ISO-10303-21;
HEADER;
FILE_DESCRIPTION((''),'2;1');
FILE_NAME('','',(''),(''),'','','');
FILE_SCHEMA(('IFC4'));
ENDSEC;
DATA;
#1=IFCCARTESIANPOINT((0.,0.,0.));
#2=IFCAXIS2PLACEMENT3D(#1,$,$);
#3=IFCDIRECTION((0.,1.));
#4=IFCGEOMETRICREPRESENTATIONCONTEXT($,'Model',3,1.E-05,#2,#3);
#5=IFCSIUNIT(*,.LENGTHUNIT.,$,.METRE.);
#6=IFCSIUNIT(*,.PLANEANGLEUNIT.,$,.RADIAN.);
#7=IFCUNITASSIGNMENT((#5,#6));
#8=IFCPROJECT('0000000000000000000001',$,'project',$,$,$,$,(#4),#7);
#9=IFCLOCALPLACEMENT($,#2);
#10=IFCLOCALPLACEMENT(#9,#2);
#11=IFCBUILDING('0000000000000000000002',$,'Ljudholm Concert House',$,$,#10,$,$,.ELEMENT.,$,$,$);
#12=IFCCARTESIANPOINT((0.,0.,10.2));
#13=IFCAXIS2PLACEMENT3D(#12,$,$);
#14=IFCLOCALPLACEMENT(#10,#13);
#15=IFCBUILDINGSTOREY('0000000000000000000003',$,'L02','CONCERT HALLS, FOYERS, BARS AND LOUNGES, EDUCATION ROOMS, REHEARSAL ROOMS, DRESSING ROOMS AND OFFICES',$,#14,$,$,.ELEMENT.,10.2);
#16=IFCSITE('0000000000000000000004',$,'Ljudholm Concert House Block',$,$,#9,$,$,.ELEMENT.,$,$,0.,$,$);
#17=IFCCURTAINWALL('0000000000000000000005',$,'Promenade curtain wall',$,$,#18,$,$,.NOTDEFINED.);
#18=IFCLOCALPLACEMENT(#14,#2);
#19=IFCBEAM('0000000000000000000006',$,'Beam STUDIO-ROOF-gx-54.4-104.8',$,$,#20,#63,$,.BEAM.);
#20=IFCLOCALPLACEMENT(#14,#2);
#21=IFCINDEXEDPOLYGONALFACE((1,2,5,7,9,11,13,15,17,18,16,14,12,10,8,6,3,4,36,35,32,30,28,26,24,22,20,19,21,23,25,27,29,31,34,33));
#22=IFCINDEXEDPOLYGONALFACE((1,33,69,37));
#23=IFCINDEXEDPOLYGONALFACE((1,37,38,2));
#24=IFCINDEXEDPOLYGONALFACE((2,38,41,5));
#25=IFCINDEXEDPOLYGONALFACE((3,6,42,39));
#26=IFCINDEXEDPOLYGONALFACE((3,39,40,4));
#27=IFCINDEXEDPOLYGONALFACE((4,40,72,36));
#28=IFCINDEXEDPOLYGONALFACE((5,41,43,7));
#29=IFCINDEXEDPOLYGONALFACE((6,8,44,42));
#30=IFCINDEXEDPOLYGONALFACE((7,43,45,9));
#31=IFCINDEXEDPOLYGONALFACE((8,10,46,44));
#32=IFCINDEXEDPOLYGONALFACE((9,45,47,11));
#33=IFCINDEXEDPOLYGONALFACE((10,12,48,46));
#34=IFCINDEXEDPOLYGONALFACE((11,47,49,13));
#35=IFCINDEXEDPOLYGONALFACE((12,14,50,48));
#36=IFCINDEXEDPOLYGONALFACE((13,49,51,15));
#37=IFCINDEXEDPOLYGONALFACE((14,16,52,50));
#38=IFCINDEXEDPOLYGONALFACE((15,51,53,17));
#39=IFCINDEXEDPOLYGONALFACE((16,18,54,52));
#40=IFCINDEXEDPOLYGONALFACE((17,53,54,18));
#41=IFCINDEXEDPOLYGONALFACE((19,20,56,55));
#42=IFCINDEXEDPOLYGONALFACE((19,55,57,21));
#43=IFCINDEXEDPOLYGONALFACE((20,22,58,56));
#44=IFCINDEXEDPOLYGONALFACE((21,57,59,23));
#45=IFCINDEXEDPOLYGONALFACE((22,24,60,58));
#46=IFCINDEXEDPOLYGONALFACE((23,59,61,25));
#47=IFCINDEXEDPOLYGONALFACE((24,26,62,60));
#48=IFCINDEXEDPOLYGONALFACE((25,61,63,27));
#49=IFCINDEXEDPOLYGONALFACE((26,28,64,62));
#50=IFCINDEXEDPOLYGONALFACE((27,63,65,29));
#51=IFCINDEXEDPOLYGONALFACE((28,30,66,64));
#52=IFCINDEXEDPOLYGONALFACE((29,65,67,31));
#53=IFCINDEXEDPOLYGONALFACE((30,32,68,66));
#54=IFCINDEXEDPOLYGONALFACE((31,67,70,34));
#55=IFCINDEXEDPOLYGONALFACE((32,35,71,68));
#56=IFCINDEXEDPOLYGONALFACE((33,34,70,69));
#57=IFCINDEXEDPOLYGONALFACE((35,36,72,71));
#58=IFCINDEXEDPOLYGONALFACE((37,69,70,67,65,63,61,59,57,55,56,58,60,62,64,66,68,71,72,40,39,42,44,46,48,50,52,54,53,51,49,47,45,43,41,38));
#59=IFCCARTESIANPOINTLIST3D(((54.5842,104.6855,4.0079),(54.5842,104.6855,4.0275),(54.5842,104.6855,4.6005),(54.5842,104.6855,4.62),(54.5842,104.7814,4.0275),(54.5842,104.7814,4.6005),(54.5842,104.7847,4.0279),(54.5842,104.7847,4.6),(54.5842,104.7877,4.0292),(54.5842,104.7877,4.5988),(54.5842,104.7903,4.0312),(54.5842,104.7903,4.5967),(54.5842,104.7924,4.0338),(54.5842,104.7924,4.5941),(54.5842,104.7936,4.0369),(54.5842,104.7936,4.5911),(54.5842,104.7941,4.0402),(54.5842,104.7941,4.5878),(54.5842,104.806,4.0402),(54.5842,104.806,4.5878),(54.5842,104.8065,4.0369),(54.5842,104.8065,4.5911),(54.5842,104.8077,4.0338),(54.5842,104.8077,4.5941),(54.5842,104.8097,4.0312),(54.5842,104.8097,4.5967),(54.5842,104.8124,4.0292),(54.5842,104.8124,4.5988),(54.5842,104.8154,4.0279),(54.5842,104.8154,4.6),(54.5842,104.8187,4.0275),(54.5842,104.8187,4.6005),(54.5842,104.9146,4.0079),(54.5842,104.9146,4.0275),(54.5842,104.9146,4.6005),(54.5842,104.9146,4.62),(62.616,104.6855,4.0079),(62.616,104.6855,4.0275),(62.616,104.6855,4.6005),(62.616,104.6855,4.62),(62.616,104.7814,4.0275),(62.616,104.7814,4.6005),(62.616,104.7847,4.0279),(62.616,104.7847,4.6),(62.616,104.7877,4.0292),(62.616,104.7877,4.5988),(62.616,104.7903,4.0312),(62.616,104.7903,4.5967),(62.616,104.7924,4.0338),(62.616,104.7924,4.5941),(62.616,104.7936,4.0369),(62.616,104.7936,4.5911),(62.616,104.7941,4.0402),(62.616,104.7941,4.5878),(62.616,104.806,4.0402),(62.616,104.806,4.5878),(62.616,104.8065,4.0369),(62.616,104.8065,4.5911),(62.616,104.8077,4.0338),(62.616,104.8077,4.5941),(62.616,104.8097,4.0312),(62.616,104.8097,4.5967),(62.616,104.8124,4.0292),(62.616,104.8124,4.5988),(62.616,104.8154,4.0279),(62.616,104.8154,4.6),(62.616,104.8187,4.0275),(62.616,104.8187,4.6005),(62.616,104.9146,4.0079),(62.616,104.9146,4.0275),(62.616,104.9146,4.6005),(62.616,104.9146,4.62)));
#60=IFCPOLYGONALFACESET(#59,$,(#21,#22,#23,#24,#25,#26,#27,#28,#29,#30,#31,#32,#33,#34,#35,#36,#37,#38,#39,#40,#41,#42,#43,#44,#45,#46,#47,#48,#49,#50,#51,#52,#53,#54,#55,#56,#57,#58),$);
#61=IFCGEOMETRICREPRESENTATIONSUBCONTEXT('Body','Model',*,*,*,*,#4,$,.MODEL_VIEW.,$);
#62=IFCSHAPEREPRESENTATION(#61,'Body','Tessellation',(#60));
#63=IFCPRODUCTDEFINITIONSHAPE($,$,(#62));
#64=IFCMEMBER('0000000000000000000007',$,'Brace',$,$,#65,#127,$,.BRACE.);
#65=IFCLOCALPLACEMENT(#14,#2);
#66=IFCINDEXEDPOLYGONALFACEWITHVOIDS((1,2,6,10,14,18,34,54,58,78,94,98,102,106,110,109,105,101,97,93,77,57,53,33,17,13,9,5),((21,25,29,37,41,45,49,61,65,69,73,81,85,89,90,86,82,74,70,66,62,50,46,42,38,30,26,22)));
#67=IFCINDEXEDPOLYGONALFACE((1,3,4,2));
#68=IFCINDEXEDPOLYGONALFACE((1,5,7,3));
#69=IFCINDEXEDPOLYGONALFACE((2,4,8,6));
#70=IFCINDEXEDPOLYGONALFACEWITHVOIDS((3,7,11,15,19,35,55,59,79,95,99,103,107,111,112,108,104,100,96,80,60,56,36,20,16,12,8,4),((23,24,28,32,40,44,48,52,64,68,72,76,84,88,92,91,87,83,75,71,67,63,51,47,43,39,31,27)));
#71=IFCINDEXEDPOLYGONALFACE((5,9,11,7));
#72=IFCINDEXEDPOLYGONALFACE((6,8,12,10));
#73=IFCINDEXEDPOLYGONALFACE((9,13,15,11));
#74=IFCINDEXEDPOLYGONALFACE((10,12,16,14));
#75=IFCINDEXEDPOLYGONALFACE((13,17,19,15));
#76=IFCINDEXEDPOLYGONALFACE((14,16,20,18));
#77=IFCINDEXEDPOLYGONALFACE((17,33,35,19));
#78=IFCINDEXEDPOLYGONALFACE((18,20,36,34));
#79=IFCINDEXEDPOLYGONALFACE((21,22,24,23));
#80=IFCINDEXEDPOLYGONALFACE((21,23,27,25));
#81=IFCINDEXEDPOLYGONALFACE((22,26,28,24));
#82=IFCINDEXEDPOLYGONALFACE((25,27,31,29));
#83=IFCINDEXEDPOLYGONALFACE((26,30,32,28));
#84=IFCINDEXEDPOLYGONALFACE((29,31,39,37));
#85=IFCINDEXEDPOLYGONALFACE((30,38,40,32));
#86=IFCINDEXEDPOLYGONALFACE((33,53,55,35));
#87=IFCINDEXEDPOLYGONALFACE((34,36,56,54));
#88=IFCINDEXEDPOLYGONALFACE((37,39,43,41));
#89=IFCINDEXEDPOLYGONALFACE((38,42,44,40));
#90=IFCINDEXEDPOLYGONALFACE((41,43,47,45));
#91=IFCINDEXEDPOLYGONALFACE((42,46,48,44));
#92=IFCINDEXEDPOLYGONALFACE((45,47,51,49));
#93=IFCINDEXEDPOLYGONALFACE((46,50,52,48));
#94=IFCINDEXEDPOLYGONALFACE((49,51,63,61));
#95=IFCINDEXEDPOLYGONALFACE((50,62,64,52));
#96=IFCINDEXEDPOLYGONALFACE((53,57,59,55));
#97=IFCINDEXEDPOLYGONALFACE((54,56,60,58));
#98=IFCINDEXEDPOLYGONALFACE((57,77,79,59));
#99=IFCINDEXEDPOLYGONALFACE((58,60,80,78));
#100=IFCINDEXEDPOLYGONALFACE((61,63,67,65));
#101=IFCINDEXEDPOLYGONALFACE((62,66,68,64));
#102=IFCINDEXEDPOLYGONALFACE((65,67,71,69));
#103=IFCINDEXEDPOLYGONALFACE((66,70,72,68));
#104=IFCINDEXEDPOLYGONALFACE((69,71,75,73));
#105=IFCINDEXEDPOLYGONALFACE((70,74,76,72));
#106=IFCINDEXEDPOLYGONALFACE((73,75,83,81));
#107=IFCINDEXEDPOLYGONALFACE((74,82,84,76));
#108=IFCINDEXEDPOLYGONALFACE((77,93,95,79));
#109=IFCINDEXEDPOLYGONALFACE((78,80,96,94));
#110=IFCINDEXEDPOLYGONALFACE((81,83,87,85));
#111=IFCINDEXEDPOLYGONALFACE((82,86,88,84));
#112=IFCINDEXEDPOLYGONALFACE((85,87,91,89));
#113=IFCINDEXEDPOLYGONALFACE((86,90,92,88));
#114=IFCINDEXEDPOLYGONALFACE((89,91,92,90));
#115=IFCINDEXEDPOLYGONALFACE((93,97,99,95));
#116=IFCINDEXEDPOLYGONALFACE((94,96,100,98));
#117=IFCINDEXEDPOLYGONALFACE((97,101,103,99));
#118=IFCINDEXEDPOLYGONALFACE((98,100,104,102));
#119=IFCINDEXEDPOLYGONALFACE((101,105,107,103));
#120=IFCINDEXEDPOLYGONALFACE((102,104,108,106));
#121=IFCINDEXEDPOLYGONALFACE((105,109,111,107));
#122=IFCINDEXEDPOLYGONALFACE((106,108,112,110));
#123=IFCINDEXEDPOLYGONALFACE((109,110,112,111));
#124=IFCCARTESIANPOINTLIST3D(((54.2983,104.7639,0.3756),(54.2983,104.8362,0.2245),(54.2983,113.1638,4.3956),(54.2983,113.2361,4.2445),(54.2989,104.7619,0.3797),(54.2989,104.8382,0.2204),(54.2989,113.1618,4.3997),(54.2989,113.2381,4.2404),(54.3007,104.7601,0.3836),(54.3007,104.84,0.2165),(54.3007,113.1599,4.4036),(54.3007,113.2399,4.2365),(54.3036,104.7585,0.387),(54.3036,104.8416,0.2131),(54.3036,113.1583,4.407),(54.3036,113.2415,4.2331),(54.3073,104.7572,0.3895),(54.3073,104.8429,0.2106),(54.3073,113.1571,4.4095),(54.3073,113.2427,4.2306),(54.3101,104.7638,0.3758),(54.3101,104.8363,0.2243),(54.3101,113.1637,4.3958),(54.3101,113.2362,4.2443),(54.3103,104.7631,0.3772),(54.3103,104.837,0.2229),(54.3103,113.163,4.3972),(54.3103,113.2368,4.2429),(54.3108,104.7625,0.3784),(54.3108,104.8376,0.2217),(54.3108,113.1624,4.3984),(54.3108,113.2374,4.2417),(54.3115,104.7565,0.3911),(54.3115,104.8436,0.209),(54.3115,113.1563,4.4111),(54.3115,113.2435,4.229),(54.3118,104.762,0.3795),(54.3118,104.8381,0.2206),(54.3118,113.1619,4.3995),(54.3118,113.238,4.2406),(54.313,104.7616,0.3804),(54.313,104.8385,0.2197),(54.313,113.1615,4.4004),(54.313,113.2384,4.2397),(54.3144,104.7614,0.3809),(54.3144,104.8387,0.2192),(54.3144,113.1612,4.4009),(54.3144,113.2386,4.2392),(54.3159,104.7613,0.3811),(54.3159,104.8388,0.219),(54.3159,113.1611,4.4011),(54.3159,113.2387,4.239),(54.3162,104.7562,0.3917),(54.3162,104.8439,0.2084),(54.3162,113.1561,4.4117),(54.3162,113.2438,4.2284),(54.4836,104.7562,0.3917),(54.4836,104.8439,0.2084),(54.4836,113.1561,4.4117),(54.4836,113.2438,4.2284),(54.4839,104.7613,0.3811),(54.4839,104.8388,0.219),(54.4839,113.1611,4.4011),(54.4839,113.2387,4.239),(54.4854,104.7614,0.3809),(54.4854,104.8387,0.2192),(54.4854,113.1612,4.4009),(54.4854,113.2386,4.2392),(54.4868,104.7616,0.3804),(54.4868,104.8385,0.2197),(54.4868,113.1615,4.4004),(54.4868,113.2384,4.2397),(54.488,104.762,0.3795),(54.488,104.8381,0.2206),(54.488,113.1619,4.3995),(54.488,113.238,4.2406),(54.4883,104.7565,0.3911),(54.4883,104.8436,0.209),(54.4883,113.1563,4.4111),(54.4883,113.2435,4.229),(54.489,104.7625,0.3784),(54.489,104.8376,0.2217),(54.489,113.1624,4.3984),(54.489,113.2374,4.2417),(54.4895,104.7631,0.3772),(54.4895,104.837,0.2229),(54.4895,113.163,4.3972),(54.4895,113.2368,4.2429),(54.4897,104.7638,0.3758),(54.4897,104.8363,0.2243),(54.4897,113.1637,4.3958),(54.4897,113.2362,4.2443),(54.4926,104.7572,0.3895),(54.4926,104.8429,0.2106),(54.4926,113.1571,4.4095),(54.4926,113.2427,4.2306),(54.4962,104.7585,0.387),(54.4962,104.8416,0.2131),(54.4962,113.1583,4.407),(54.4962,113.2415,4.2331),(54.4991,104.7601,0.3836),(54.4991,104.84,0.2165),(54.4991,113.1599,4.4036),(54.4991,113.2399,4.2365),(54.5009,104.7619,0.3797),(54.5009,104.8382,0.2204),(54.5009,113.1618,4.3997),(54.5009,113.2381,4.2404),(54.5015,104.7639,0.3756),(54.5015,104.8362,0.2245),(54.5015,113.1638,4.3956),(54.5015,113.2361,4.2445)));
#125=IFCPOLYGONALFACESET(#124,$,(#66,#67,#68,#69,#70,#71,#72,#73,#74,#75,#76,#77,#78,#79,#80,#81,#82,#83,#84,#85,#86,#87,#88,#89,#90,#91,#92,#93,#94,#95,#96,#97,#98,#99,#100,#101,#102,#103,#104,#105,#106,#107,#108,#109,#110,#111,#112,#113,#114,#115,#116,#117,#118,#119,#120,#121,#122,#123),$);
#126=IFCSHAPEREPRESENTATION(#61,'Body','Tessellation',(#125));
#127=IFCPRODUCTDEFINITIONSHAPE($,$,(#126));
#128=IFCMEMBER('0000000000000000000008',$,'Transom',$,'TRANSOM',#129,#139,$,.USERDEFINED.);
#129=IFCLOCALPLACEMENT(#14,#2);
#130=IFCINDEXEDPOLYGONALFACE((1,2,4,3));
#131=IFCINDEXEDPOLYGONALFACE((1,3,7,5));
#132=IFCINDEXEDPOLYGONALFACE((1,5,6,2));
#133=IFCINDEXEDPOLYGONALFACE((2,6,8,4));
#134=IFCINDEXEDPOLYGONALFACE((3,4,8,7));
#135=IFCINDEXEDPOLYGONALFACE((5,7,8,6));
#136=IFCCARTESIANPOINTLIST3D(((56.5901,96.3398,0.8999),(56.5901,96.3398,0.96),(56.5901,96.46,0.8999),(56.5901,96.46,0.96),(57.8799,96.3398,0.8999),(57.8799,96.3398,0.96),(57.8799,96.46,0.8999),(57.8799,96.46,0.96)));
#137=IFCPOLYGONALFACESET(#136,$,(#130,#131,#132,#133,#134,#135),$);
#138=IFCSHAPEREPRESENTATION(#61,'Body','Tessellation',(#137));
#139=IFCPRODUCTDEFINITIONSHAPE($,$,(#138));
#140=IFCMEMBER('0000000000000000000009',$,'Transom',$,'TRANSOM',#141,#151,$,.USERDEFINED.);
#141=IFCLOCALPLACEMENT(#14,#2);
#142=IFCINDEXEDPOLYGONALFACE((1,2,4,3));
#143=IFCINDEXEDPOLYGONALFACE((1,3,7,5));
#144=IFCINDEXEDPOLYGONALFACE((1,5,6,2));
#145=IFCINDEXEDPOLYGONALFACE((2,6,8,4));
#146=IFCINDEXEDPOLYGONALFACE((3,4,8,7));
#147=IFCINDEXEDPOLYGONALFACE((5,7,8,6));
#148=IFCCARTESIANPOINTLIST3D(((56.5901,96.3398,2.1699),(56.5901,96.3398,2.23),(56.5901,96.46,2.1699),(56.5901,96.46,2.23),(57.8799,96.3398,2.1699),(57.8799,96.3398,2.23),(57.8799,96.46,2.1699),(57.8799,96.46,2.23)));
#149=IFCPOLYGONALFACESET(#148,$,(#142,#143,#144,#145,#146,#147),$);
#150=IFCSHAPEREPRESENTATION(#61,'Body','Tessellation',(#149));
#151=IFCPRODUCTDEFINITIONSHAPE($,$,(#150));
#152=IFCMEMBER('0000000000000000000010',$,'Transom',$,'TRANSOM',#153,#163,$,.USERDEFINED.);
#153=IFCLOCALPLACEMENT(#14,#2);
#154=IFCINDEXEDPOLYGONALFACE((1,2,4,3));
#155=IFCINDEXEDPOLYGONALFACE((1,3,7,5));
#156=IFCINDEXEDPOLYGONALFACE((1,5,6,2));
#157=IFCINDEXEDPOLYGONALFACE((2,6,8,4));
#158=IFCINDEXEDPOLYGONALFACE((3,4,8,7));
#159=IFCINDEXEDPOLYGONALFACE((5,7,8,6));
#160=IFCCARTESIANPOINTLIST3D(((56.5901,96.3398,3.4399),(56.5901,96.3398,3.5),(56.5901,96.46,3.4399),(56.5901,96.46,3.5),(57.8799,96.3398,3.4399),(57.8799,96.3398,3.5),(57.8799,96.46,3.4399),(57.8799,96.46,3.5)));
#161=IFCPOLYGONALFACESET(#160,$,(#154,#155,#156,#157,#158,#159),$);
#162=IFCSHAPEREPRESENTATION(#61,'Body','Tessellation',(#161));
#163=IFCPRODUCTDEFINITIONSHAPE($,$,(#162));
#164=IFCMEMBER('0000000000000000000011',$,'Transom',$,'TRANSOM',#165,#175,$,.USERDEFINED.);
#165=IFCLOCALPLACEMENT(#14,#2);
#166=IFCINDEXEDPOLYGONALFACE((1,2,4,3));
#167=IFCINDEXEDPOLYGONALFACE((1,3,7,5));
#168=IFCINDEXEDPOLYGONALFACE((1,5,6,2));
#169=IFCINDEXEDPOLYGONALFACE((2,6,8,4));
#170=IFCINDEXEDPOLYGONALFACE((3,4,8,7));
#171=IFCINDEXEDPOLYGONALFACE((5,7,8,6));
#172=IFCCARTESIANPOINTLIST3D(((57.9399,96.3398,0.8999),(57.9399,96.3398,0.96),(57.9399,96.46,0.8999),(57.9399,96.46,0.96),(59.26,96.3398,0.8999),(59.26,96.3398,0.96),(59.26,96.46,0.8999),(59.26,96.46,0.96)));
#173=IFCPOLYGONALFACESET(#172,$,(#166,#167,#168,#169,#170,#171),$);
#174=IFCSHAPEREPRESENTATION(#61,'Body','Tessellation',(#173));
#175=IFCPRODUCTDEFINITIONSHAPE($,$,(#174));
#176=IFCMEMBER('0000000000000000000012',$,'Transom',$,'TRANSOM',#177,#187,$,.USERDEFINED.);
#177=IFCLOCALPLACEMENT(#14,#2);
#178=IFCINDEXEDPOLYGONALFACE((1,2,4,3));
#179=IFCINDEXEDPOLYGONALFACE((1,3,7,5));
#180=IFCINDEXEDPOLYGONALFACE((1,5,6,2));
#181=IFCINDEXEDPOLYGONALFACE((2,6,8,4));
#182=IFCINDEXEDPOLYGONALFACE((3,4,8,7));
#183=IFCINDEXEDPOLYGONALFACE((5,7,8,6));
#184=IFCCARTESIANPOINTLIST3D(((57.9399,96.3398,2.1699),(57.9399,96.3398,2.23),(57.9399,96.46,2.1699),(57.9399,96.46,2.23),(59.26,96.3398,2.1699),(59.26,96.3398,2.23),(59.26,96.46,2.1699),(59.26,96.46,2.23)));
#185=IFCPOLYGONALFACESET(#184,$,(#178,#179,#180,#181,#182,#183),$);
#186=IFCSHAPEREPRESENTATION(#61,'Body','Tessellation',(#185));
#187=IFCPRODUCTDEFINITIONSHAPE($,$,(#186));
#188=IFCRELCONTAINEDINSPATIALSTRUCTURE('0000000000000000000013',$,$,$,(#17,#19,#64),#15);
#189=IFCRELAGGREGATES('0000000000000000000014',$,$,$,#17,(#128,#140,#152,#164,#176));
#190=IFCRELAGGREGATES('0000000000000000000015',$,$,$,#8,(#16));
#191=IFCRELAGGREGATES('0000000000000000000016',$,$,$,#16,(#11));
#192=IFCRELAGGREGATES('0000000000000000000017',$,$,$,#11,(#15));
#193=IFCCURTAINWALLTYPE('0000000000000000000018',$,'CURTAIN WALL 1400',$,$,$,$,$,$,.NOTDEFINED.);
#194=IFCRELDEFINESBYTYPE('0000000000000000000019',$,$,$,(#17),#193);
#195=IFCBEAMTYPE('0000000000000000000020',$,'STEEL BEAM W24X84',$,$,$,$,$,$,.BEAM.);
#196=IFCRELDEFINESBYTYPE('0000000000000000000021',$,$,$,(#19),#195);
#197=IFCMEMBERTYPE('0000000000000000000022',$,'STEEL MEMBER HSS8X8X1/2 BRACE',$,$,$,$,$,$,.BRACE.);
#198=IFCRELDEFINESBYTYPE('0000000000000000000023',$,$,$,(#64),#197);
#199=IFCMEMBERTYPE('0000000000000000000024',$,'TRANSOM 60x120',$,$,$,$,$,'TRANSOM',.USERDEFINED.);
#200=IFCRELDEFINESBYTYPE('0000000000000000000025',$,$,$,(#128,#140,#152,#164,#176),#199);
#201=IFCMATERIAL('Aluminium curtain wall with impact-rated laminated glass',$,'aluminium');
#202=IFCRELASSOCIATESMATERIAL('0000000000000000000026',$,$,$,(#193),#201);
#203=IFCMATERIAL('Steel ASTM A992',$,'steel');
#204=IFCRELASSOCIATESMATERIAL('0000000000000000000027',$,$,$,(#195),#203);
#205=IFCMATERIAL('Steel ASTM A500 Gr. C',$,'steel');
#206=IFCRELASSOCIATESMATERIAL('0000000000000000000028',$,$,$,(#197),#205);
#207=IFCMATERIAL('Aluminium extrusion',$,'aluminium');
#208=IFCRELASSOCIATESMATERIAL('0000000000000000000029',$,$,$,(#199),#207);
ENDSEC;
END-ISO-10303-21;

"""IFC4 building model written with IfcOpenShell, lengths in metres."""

from ifc_helpers import new_model, si_unit, direction, frame, origin, origin_2d, place, context, subcontext, project, spatial, rectangle, hollow_rectangle, i_section, extrude, material, material_profile, profile_set, type_object, element, aggregate, save


model = new_model("IFC4")

# Units and contexts
model_context = context("Model", 3, precision=1e-05, world=origin(), true_north=direction((0.0, 1.0)))
body_context = subcontext(model_context, "Body", "Model", "MODEL_VIEW")
ifc_project = project(units=[si_unit("LENGTHUNIT", "METRE"), si_unit("PLANEANGLEUNIT", "RADIAN")], contexts=[model_context])

# Site, building, storey
site_placement = place(None, origin())
site = spatial("IfcSite", under=ifc_project, at=site_placement, Name="Ljudholm Concert House Block", CompositionType="ELEMENT", RefElevation=0.0)
building_placement = place(site_placement, origin())
building = spatial("IfcBuilding", under=site, at=building_placement, Name="Ljudholm Concert House", CompositionType="ELEMENT")
storey_placement = place(building_placement, frame((0.0, 0.0, 10.2)))
storey = spatial("IfcBuildingStorey", under=building, at=storey_placement, Name="L02", Description="CONCERT HALLS, FOYERS, BARS AND LOUNGES, EDUCATION ROOMS, REHEARSAL ROOMS, DRESSING ROOMS AND OFFICES", CompositionType="ELEMENT", Elevation=10.2)

# Curtain wall
ifc_material_1 = material(Name="Aluminium curtain wall with impact-rated laminated glass", Category="aluminium")
curtain_wall_type = type_object("IfcCurtainWallType", Name="CURTAIN WALL 1400", PredefinedType="NOTDEFINED", material=ifc_material_1)
curtain_wall_1_placement = place(storey_placement, origin())
curtain_wall_1 = element("IfcCurtainWall", 1, at=curtain_wall_1_placement, inside=storey, type_object=curtain_wall_type, Name="Promenade curtain wall", PredefinedType="NOTDEFINED")

# Beam
ifc_material_2 = material(Name="Steel ASTM A992", Category="steel")
ifc_material_profile_1 = material_profile(ifc_material_2, i_section(OverallWidth=0.229, OverallDepth=0.6121, WebThickness=0.012, FlangeThickness=0.0195, FilletRadius=0.0127, at=origin_2d()), Name="W24X84")
ifc_profile_set_1 = profile_set([ifc_material_profile_1], Name="Steel ASTM A992")
beam_type_1 = type_object("IfcBeamType", Name="STEEL BEAM W24X84", PredefinedType="BEAM", material=ifc_profile_set_1)
beam_1_placement = place(storey_placement, frame((54.5842, 104.8, 4.314), z_axis=(1.0, 0.0, 0.0), x_axis=(0.0, 1.0, 0.0)))
element("IfcBeam", 2, at=beam_1_placement, inside=storey, type_object=beam_type_1, Name="Beam STUDIO-ROOF-gx-54.4-104.8", PredefinedType="BEAM", context=body_context, shape_type="SweptSolid", body=[
    extrude(i_section(OverallWidth=0.229, OverallDepth=0.6121, WebThickness=0.012, FlangeThickness=0.0195, FilletRadius=0.0127, at=origin_2d()), origin(), (0.0, 0.0, 1.0), 8.0317),
])

# Members
ifc_material_3 = material(Name="Steel ASTM A500 Gr. C", Category="steel")
ifc_material_profile_2 = material_profile(ifc_material_3, hollow_rectangle(XDim=0.2031, YDim=0.2031, WallThickness=0.0117, InnerFilletRadius=0.0059, OuterFilletRadius=0.0178, at=origin_2d()), Name="HSS8X8X1/2")
ifc_profile_set_2 = profile_set([ifc_material_profile_2], Name="Steel ASTM A500 Gr. C")
member_type_1 = type_object("IfcMemberType", Name="STEEL MEMBER HSS8X8X1/2 BRACE", PredefinedType="BRACE", material=ifc_profile_set_2)
member_1_placement = place(storey_placement, frame((54.3999, 104.8, 0.3), z_axis=(0.0, 0.902022, 0.431689), x_axis=(-1.0, 0.0, 0.0)))
element("IfcMember", 3, at=member_1_placement, inside=storey, type_object=member_type_1, Name="Brace", PredefinedType="BRACE", context=body_context, shape_type="SweptSolid", body=[
    extrude(hollow_rectangle(XDim=0.2031, YDim=0.2031, WallThickness=0.0117, InnerFilletRadius=0.0059, OuterFilletRadius=0.0178, at=origin_2d()), origin(), (0.0, 0.0, 1.0), 9.3123),
])
ifc_material_4 = material(Name="Aluminium extrusion", Category="aluminium")
ifc_material_profile_3 = material_profile(ifc_material_4, rectangle(XDim=0.1201, YDim=0.0601, at=origin_2d()), Name="TRANSOM 60x120")
ifc_profile_set_3 = profile_set([ifc_material_profile_3], Name="Aluminium extrusion")
member_type_2 = type_object("IfcMemberType", Name="TRANSOM 60x120", ElementType="TRANSOM", PredefinedType="USERDEFINED", material=ifc_profile_set_3)
member_2_placement = place(storey_placement, frame((56.5901, 96.3999, 0.9299), z_axis=(1.0, 0.0, 0.0), x_axis=(0.0, 1.0, 0.0)))
member_2 = element("IfcMember", 4, at=member_2_placement, type_object=member_type_2, Name="Transom", ObjectType="TRANSOM", PredefinedType="USERDEFINED", context=body_context, shape_type="SweptSolid", body=[
    extrude(rectangle(XDim=0.1201, YDim=0.0601, at=origin_2d()), origin(), (0.0, 0.0, 1.0), 1.2898),
])
member_3_placement = place(storey_placement, frame((56.5901, 96.3999, 2.2), z_axis=(1.0, 0.0, 0.0), x_axis=(0.0, 1.0, 0.0)))
member_3 = element("IfcMember", 5, at=member_3_placement, type_object=member_type_2, Name="Transom", ObjectType="TRANSOM", PredefinedType="USERDEFINED", context=body_context, shape_type="SweptSolid", body=[
    extrude(rectangle(XDim=0.1201, YDim=0.0601, at=origin_2d()), origin(), (0.0, 0.0, 1.0), 1.2898),
])
member_4_placement = place(storey_placement, frame((56.5901, 96.3999, 3.47), z_axis=(1.0, 0.0, 0.0), x_axis=(0.0, 1.0, 0.0)))
member_4 = element("IfcMember", 6, at=member_4_placement, type_object=member_type_2, Name="Transom", ObjectType="TRANSOM", PredefinedType="USERDEFINED", context=body_context, shape_type="SweptSolid", body=[
    extrude(rectangle(XDim=0.1201, YDim=0.0601, at=origin_2d()), origin(), (0.0, 0.0, 1.0), 1.2898),
])
member_5_placement = place(storey_placement, frame((57.9399, 96.3999, 0.9299), z_axis=(1.0, 0.0, 0.0), x_axis=(0.0, 1.0, 0.0)))
member_5 = element("IfcMember", 7, at=member_5_placement, type_object=member_type_2, Name="Transom", ObjectType="TRANSOM", PredefinedType="USERDEFINED", context=body_context, shape_type="SweptSolid", body=[
    extrude(rectangle(XDim=0.1201, YDim=0.0601, at=origin_2d()), origin(), (0.0, 0.0, 1.0), 1.3201),
])
member_6_placement = place(storey_placement, frame((57.9399, 96.3999, 2.2), z_axis=(1.0, 0.0, 0.0), x_axis=(0.0, 1.0, 0.0)))
member_6 = element("IfcMember", 8, at=member_6_placement, type_object=member_type_2, Name="Transom", ObjectType="TRANSOM", PredefinedType="USERDEFINED", context=body_context, shape_type="SweptSolid", body=[
    extrude(rectangle(XDim=0.1201, YDim=0.0601, at=origin_2d()), origin(), (0.0, 0.0, 1.0), 1.3201),
])

aggregate(curtain_wall_1, [member_2, member_3, member_4, member_5, member_6])

save(model, "model.ifc")
